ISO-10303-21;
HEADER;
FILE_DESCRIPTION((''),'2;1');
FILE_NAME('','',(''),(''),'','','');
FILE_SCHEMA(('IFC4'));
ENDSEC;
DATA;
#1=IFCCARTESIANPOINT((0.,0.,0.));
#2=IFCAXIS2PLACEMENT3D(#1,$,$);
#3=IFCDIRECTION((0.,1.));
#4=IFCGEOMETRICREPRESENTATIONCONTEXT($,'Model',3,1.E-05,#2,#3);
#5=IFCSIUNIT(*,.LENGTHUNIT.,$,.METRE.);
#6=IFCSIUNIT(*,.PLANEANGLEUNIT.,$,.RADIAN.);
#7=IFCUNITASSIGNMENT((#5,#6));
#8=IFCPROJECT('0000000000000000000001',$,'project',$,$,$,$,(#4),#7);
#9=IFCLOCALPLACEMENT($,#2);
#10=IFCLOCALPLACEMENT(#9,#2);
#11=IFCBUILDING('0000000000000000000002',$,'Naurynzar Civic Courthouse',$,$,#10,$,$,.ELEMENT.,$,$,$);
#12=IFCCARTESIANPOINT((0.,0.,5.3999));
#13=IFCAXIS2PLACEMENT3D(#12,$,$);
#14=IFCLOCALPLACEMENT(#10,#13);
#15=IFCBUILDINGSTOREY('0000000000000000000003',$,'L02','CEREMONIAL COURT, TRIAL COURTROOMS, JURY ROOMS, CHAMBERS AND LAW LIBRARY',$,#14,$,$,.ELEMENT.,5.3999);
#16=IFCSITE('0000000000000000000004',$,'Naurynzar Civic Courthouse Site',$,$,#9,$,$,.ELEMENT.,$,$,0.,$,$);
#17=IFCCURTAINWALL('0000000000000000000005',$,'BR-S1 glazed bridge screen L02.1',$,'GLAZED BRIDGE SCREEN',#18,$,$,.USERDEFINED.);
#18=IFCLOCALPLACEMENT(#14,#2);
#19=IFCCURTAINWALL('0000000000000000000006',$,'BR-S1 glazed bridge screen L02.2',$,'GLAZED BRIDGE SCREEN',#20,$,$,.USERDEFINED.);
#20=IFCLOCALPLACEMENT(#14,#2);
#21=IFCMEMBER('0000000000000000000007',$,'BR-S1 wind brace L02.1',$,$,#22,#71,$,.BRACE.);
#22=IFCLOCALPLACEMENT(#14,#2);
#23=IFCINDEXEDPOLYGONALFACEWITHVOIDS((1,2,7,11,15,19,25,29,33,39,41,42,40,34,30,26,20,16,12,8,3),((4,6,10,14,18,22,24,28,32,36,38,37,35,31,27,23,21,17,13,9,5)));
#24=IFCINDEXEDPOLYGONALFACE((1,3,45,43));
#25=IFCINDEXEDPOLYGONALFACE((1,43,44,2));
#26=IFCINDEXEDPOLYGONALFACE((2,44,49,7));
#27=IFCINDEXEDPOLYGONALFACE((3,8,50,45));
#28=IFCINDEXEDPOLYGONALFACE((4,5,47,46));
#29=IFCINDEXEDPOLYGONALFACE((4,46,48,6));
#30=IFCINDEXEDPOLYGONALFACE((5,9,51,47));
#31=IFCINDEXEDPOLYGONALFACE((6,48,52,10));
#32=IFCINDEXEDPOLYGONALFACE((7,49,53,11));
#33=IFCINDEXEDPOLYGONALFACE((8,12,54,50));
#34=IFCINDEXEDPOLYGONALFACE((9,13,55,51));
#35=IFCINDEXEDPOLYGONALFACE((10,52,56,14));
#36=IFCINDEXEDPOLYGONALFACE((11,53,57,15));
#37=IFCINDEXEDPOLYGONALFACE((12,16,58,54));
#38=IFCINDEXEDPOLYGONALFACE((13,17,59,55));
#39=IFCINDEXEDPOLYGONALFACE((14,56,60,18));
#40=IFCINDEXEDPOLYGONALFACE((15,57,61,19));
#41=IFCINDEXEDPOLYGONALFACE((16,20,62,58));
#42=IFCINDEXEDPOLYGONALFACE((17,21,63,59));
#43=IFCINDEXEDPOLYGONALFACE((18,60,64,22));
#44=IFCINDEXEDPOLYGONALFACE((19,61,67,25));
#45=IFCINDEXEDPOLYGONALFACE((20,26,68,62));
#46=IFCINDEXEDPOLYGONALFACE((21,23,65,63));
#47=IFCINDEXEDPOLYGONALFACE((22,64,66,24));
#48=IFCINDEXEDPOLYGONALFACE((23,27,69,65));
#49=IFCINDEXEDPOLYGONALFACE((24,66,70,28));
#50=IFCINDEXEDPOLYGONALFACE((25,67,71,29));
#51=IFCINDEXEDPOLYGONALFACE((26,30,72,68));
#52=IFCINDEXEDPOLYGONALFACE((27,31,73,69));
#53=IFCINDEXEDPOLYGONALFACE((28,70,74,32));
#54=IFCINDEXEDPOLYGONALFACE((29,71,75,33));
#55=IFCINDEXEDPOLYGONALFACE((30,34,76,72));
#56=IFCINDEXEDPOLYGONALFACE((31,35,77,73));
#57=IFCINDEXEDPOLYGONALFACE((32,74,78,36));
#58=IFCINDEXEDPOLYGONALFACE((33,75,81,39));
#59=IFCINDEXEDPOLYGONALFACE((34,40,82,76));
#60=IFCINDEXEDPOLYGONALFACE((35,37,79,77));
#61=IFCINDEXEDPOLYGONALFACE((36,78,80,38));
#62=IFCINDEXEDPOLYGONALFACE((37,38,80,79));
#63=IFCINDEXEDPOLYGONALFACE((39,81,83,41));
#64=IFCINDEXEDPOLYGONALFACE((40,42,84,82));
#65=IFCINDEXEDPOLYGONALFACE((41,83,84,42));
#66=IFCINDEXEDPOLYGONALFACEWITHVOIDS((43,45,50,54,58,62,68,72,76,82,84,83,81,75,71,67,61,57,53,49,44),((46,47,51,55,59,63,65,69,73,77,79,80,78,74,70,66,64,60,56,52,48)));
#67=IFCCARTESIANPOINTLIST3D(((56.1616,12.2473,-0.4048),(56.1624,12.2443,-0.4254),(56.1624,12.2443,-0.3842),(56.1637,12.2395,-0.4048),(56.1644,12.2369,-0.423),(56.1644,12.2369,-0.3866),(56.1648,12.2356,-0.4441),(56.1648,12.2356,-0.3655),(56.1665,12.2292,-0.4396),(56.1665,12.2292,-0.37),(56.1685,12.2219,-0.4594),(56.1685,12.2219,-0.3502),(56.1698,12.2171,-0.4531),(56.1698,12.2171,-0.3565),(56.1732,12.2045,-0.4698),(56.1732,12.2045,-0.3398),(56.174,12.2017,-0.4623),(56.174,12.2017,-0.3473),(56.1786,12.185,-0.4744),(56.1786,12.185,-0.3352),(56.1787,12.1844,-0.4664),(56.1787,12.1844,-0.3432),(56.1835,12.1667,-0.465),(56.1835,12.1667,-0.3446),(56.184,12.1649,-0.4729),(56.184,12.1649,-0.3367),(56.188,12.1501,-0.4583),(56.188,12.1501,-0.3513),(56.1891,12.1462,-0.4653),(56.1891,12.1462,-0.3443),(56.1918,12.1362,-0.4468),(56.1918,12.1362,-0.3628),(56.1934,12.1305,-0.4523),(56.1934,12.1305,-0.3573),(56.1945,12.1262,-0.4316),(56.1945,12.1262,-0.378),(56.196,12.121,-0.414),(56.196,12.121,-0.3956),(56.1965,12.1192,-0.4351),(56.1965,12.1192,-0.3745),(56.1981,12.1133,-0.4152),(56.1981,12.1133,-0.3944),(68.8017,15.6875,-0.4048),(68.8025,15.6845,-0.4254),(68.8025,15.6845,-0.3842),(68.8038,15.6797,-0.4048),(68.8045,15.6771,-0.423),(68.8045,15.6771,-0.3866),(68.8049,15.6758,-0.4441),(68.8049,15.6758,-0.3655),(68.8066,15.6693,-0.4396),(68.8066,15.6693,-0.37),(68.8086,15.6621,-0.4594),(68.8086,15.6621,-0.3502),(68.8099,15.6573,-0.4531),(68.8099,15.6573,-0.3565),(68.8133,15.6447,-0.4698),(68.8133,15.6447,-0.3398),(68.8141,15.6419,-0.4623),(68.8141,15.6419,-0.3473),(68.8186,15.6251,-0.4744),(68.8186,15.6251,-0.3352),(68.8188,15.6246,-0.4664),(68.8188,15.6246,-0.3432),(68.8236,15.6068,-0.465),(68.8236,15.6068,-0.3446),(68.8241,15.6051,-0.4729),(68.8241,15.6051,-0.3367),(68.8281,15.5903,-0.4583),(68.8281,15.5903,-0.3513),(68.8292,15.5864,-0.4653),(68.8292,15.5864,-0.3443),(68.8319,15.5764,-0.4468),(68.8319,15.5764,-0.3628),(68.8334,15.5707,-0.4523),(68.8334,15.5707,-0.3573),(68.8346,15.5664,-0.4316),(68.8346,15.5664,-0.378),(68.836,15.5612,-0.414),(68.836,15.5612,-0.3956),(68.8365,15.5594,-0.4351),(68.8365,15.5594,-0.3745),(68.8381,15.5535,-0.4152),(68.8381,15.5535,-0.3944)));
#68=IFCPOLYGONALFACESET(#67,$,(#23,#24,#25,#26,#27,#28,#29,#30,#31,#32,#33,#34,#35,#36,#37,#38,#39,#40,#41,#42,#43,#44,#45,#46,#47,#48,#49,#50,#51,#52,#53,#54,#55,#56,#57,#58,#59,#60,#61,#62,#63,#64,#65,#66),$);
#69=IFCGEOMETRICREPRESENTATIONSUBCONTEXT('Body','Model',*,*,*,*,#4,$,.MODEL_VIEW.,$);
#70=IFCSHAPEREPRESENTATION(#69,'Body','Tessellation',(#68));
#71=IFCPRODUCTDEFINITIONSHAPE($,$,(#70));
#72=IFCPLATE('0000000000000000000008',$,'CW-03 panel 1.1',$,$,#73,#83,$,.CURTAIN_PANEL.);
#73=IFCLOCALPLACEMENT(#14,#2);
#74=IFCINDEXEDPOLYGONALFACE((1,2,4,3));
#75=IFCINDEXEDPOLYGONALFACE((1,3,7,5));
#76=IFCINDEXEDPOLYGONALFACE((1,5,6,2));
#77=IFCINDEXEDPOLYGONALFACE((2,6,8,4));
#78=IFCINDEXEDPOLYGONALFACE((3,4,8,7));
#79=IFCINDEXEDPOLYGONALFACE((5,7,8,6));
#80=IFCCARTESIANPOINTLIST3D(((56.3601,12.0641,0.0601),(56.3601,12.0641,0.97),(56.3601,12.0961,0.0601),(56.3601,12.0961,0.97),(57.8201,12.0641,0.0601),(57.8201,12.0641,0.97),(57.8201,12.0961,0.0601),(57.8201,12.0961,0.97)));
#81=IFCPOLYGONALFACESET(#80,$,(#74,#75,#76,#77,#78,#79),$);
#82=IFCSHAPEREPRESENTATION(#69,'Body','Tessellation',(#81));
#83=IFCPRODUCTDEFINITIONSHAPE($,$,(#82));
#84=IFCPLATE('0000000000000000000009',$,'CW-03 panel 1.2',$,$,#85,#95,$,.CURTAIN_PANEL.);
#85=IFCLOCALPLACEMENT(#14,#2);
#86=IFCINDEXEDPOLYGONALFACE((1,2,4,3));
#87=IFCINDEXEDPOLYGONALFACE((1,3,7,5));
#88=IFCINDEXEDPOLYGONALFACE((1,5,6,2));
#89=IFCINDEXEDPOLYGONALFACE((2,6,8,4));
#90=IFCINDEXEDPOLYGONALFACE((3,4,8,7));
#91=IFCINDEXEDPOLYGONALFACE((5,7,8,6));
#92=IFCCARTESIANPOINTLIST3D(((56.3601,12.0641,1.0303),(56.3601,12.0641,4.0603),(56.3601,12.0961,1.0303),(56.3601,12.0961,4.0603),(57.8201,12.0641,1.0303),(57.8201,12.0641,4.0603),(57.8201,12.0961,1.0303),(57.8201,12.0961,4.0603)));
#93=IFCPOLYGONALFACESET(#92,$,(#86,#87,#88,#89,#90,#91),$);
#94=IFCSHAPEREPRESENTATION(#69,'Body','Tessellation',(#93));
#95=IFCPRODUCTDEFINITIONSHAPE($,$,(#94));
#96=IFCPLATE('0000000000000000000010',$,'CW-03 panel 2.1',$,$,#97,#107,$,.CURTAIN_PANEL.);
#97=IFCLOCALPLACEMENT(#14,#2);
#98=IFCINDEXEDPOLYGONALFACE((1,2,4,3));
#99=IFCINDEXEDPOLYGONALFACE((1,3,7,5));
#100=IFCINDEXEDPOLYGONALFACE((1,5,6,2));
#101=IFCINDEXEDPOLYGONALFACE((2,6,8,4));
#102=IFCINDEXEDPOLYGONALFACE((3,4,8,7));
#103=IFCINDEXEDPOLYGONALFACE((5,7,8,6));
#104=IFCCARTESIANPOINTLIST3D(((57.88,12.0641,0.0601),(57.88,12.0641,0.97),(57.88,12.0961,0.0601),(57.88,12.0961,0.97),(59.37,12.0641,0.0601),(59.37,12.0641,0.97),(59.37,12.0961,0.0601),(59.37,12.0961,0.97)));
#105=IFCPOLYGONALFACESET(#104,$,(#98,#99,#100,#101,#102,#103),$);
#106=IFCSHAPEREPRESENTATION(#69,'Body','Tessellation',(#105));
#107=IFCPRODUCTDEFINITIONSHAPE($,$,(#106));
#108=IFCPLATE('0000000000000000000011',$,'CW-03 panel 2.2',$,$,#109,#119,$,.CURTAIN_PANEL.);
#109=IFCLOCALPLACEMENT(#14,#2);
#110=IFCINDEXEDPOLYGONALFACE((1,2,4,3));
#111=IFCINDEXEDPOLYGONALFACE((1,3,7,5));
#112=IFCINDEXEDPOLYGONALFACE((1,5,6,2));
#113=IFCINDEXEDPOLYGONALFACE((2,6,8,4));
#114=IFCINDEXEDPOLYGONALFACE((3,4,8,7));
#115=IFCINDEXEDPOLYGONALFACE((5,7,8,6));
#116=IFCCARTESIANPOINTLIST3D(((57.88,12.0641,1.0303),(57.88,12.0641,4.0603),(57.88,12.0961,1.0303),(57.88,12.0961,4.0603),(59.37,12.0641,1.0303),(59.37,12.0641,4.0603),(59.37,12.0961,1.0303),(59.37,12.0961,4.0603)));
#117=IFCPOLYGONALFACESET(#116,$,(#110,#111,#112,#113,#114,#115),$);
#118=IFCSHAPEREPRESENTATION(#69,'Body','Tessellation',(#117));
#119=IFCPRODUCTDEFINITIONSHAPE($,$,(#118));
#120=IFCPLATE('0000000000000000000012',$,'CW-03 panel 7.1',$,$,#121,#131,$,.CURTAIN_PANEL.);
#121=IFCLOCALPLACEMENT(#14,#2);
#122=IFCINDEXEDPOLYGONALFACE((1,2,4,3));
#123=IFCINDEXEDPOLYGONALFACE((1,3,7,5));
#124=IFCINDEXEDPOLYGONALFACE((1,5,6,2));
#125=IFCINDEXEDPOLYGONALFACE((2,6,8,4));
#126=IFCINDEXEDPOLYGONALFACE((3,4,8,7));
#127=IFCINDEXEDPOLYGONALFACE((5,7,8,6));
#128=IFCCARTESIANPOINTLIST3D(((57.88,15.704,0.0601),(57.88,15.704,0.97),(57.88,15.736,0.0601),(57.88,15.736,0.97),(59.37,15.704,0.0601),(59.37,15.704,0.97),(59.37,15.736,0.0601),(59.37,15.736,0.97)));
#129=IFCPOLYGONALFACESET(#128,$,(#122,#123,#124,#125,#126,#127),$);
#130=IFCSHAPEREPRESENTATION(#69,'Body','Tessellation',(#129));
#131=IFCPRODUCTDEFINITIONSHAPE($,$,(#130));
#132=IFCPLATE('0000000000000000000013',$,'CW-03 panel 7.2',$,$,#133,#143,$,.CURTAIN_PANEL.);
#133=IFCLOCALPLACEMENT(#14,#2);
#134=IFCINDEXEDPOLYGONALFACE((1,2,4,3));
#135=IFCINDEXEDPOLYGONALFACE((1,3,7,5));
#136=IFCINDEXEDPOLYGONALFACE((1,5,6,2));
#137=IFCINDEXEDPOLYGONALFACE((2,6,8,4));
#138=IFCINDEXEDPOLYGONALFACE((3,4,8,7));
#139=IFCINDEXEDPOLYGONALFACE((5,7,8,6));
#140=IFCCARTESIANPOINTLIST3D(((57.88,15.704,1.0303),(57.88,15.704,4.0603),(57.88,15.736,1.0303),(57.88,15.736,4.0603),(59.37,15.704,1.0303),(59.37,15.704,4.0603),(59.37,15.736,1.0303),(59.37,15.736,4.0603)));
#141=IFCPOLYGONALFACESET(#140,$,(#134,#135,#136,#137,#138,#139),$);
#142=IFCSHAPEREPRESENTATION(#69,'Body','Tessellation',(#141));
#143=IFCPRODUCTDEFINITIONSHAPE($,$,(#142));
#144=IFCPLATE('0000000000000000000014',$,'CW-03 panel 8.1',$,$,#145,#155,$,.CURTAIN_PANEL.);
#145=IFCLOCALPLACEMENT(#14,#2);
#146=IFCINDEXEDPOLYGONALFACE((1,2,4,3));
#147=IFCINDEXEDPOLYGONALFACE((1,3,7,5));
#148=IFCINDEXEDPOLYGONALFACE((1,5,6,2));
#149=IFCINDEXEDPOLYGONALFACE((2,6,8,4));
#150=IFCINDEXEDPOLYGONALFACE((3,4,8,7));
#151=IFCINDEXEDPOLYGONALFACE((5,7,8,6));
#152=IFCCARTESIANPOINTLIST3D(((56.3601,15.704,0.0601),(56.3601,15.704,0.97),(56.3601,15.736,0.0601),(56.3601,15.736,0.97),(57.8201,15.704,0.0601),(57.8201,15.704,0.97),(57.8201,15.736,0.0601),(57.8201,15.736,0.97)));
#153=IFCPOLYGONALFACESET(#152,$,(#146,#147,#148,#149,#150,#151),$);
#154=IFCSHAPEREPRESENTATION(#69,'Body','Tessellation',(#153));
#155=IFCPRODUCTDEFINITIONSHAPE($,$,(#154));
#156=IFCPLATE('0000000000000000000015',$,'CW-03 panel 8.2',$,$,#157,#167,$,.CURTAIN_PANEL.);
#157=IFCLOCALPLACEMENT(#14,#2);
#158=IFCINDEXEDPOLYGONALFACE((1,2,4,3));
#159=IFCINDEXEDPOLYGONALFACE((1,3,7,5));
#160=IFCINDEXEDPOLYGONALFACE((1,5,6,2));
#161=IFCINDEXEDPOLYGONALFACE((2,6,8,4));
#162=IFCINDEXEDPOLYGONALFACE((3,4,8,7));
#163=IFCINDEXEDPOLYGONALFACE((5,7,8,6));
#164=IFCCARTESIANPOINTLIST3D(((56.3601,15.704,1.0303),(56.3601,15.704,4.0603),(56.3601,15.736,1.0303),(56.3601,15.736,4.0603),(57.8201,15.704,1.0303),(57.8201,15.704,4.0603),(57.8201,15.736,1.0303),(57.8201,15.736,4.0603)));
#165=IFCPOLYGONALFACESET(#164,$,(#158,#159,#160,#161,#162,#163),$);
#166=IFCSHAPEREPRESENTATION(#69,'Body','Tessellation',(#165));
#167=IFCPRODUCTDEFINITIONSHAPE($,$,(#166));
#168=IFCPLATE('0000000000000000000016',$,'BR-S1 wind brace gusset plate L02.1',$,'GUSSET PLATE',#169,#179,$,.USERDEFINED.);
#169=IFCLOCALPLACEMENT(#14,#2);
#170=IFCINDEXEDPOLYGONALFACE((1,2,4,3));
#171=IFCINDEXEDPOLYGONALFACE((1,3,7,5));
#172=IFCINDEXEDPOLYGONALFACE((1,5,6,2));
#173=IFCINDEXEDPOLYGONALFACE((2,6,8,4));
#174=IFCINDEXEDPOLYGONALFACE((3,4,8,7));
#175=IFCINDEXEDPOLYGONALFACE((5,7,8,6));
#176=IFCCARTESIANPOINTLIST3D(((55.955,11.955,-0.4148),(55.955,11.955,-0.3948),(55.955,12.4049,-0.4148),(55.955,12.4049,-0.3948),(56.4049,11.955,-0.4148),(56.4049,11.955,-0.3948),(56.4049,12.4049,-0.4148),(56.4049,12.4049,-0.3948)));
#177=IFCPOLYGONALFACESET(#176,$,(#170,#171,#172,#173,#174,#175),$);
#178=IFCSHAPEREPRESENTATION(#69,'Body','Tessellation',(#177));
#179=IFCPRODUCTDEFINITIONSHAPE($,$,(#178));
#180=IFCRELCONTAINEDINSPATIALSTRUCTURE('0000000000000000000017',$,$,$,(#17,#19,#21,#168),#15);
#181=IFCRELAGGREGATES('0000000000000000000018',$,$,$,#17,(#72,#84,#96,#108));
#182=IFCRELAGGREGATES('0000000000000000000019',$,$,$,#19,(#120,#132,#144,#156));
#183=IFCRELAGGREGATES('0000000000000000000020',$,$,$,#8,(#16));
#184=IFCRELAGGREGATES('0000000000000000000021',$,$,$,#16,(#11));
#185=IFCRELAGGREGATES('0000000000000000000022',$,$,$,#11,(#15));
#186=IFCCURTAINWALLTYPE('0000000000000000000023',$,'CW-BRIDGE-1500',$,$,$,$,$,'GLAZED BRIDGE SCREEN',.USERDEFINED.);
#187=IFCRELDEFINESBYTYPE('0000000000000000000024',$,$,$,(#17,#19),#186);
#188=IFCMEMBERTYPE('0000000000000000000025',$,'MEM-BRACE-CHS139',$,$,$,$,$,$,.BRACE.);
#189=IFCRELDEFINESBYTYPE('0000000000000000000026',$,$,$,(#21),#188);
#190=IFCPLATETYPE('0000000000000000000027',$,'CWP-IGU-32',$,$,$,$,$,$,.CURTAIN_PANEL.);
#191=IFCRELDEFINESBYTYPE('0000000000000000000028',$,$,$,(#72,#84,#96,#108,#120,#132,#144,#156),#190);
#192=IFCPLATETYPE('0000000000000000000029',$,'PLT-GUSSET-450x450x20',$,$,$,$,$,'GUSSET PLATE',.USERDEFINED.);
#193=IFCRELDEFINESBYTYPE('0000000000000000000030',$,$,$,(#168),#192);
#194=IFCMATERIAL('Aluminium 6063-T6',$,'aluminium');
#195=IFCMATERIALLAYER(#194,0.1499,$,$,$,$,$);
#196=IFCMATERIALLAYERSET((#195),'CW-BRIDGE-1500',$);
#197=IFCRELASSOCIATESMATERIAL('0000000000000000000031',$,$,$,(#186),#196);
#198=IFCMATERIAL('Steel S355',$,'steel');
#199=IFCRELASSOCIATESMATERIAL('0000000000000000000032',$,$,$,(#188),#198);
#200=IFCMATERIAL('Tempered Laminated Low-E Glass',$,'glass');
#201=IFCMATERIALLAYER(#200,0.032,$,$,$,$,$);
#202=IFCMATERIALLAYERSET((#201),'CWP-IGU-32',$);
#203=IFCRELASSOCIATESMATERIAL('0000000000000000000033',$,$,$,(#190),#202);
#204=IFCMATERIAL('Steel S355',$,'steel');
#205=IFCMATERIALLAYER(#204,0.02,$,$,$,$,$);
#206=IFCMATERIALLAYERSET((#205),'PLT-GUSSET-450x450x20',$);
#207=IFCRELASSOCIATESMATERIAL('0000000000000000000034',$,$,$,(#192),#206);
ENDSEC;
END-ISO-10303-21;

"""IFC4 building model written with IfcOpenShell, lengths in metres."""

from ifc_helpers import new_model, si_unit, direction, frame, origin, origin_2d, place, context, subcontext, project, spatial, rectangle, hollow_circle, extrude, material, layer, layer_set, material_profile, profile_set, type_object, element, aggregate, save


model = new_model("IFC4")

# Units and contexts
model_context = context("Model", 3, precision=1e-05, world=origin(), true_north=direction((0.0, 1.0)))
body_context = subcontext(model_context, "Body", "Model", "MODEL_VIEW")
ifc_project = project(units=[si_unit("LENGTHUNIT", "METRE"), si_unit("PLANEANGLEUNIT", "RADIAN")], contexts=[model_context])

# Site, building, storey
site_placement = place(None, origin())
site = spatial("IfcSite", under=ifc_project, at=site_placement, Name="Naurynzar Civic Courthouse Site", CompositionType="ELEMENT", RefElevation=0.0)
building_placement = place(site_placement, origin())
building = spatial("IfcBuilding", under=site, at=building_placement, Name="Naurynzar Civic Courthouse", CompositionType="ELEMENT")
storey_placement = place(building_placement, frame((0.0, 0.0, 5.3999)))
storey = spatial("IfcBuildingStorey", under=building, at=storey_placement, Name="L02", Description="CEREMONIAL COURT, TRIAL COURTROOMS, JURY ROOMS, CHAMBERS AND LAW LIBRARY", CompositionType="ELEMENT", Elevation=5.3999)

# Curtain walls
ifc_material_1 = material(Name="Aluminium 6063-T6", Category="aluminium")
ifc_layer_1 = layer(ifc_material_1, 0.1499)
ifc_layer_set_1 = layer_set([ifc_layer_1], Name="CW-BRIDGE-1500")
curtain_wall_type = type_object("IfcCurtainWallType", Name="CW-BRIDGE-1500", ElementType="GLAZED BRIDGE SCREEN", PredefinedType="USERDEFINED", material=ifc_layer_set_1)
curtain_wall_1_placement = place(storey_placement, origin())
curtain_wall_1 = element("IfcCurtainWall", 1, at=curtain_wall_1_placement, inside=storey, type_object=curtain_wall_type, Name="BR-S1 glazed bridge screen L02.1", ObjectType="GLAZED BRIDGE SCREEN", PredefinedType="USERDEFINED")
curtain_wall_2_placement = place(storey_placement, origin())
curtain_wall_2 = element("IfcCurtainWall", 2, at=curtain_wall_2_placement, inside=storey, type_object=curtain_wall_type, Name="BR-S1 glazed bridge screen L02.2", ObjectType="GLAZED BRIDGE SCREEN", PredefinedType="USERDEFINED")

# Member
ifc_material_2 = material(Name="Steel S355", Category="steel")
ifc_material_profile_1 = material_profile(ifc_material_2, hollow_circle(Radius=0.0698, WallThickness=0.0081, at=origin_2d()), Name="CHS 139.7x8")
ifc_profile_set_1 = profile_set([ifc_material_profile_1], Name="Steel S355")
member_type_1 = type_object("IfcMemberType", Name="MEM-BRACE-CHS139", PredefinedType="BRACE", material=ifc_profile_set_1)
member_1_placement = place(storey_placement, frame((56.1799, 12.1799, -0.4048), z_axis=(0.964902, 0.262611, 0.0), x_axis=(-0.262611, 0.964902, 0.0)))
element("IfcMember", 3, at=member_1_placement, inside=storey, type_object=member_type_1, Name="BR-S1 wind brace L02.1", PredefinedType="BRACE", context=body_context, shape_type="SweptSolid", body=[
    extrude(hollow_circle(Radius=0.0698, WallThickness=0.0081, at=origin_2d()), origin(), (0.0, 0.0, 1.0), 13.0999),
])

# Plates
ifc_material_3 = material(Name="Tempered Laminated Low-E Glass", Category="glass")
ifc_layer_2 = layer(ifc_material_3, 0.032)
ifc_layer_set_2 = layer_set([ifc_layer_2], Name="CWP-IGU-32")
plate_type_1 = type_object("IfcPlateType", Name="CWP-IGU-32", PredefinedType="CURTAIN_PANEL", material=ifc_layer_set_2)
plate_1_placement = place(storey_placement, frame((57.0901, 12.0801, 0.0601), z_axis=(0.0, 0.0, 1.0), x_axis=(1.0, 0.0, 0.0)))
plate_1 = element("IfcPlate", 4, at=plate_1_placement, type_object=plate_type_1, Name="CW-03 panel 1.1", PredefinedType="CURTAIN_PANEL", context=body_context, shape_type="SweptSolid", body=[
    extrude(rectangle(XDim=1.46, YDim=0.032, at=origin_2d()), origin(), (0.0, 0.0, 1.0), 0.9099),
])
plate_2_placement = place(storey_placement, frame((57.0901, 12.0801, 1.0303), z_axis=(0.0, 0.0, 1.0), x_axis=(1.0, 0.0, 0.0)))
plate_2 = element("IfcPlate", 5, at=plate_2_placement, type_object=plate_type_1, Name="CW-03 panel 1.2", PredefinedType="CURTAIN_PANEL", context=body_context, shape_type="SweptSolid", body=[
    extrude(rectangle(XDim=1.46, YDim=0.032, at=origin_2d()), origin(), (0.0, 0.0, 1.0), 3.03),
])
plate_3_placement = place(storey_placement, frame((58.625, 12.0801, 0.0601), z_axis=(0.0, 0.0, 1.0), x_axis=(1.0, 0.0, 0.0)))
plate_3 = element("IfcPlate", 6, at=plate_3_placement, type_object=plate_type_1, Name="CW-03 panel 2.1", PredefinedType="CURTAIN_PANEL", context=body_context, shape_type="SweptSolid", body=[
    extrude(rectangle(XDim=1.49, YDim=0.032, at=origin_2d()), origin(), (0.0, 0.0, 1.0), 0.9099),
])
plate_4_placement = place(storey_placement, frame((58.625, 12.0801, 1.0303), z_axis=(0.0, 0.0, 1.0), x_axis=(1.0, 0.0, 0.0)))
plate_4 = element("IfcPlate", 7, at=plate_4_placement, type_object=plate_type_1, Name="CW-03 panel 2.2", PredefinedType="CURTAIN_PANEL", context=body_context, shape_type="SweptSolid", body=[
    extrude(rectangle(XDim=1.49, YDim=0.032, at=origin_2d()), origin(), (0.0, 0.0, 1.0), 3.03),
])
aggregate(curtain_wall_1, [plate_1, plate_2, plate_3, plate_4])
plate_5_placement = place(storey_placement, frame((58.625, 15.72, 0.0601), z_axis=(0.0, 0.0, 1.0), x_axis=(-1.0, 0.0, 0.0)))
plate_5 = element("IfcPlate", 8, at=plate_5_placement, type_object=plate_type_1, Name="CW-03 panel 7.1", PredefinedType="CURTAIN_PANEL", context=body_context, shape_type="SweptSolid", body=[
    extrude(rectangle(XDim=1.49, YDim=0.032, at=origin_2d()), origin(), (0.0, 0.0, 1.0), 0.9099),
])
plate_6_placement = place(storey_placement, frame((58.625, 15.72, 1.0303), z_axis=(0.0, 0.0, 1.0), x_axis=(-1.0, 0.0, 0.0)))
plate_6 = element("IfcPlate", 9, at=plate_6_placement, type_object=plate_type_1, Name="CW-03 panel 7.2", PredefinedType="CURTAIN_PANEL", context=body_context, shape_type="SweptSolid", body=[
    extrude(rectangle(XDim=1.49, YDim=0.032, at=origin_2d()), origin(), (0.0, 0.0, 1.0), 3.03),
])
plate_7_placement = place(storey_placement, frame((57.0901, 15.72, 0.0601), z_axis=(0.0, 0.0, 1.0), x_axis=(-1.0, 0.0, 0.0)))
plate_7 = element("IfcPlate", 10, at=plate_7_placement, type_object=plate_type_1, Name="CW-03 panel 8.1", PredefinedType="CURTAIN_PANEL", context=body_context, shape_type="SweptSolid", body=[
    extrude(rectangle(XDim=1.46, YDim=0.032, at=origin_2d()), origin(), (0.0, 0.0, 1.0), 0.9099),
])
plate_8_placement = place(storey_placement, frame((57.0901, 15.72, 1.0303), z_axis=(0.0, 0.0, 1.0), x_axis=(-1.0, 0.0, 0.0)))
plate_8 = element("IfcPlate", 11, at=plate_8_placement, type_object=plate_type_1, Name="CW-03 panel 8.2", PredefinedType="CURTAIN_PANEL", context=body_context, shape_type="SweptSolid", body=[
    extrude(rectangle(XDim=1.46, YDim=0.032, at=origin_2d()), origin(), (0.0, 0.0, 1.0), 3.03),
])
aggregate(curtain_wall_2, [plate_5, plate_6, plate_7, plate_8])
ifc_material_4 = material(Name="Steel S355", Category="steel")
ifc_layer_3 = layer(ifc_material_4, 0.02)
ifc_layer_set_3 = layer_set([ifc_layer_3], Name="PLT-GUSSET-450x450x20")
plate_type_2 = type_object("IfcPlateType", Name="PLT-GUSSET-450x450x20", ElementType="GUSSET PLATE", PredefinedType="USERDEFINED", material=ifc_layer_set_3)
plate_9_placement = place(storey_placement, frame((56.1799, 12.1799, -0.4148), z_axis=(0.0, 0.0, 1.0), x_axis=(1.0, 0.0, 0.0)))
element("IfcPlate", 12, at=plate_9_placement, inside=storey, type_object=plate_type_2, Name="BR-S1 wind brace gusset plate L02.1", ObjectType="GUSSET PLATE", PredefinedType="USERDEFINED", context=body_context, shape_type="SweptSolid", body=[
    extrude(rectangle(XDim=0.45, YDim=0.45, at=origin_2d()), origin(), (0.0, 0.0, 1.0), 0.02),
])

save(model, "model.ifc")
